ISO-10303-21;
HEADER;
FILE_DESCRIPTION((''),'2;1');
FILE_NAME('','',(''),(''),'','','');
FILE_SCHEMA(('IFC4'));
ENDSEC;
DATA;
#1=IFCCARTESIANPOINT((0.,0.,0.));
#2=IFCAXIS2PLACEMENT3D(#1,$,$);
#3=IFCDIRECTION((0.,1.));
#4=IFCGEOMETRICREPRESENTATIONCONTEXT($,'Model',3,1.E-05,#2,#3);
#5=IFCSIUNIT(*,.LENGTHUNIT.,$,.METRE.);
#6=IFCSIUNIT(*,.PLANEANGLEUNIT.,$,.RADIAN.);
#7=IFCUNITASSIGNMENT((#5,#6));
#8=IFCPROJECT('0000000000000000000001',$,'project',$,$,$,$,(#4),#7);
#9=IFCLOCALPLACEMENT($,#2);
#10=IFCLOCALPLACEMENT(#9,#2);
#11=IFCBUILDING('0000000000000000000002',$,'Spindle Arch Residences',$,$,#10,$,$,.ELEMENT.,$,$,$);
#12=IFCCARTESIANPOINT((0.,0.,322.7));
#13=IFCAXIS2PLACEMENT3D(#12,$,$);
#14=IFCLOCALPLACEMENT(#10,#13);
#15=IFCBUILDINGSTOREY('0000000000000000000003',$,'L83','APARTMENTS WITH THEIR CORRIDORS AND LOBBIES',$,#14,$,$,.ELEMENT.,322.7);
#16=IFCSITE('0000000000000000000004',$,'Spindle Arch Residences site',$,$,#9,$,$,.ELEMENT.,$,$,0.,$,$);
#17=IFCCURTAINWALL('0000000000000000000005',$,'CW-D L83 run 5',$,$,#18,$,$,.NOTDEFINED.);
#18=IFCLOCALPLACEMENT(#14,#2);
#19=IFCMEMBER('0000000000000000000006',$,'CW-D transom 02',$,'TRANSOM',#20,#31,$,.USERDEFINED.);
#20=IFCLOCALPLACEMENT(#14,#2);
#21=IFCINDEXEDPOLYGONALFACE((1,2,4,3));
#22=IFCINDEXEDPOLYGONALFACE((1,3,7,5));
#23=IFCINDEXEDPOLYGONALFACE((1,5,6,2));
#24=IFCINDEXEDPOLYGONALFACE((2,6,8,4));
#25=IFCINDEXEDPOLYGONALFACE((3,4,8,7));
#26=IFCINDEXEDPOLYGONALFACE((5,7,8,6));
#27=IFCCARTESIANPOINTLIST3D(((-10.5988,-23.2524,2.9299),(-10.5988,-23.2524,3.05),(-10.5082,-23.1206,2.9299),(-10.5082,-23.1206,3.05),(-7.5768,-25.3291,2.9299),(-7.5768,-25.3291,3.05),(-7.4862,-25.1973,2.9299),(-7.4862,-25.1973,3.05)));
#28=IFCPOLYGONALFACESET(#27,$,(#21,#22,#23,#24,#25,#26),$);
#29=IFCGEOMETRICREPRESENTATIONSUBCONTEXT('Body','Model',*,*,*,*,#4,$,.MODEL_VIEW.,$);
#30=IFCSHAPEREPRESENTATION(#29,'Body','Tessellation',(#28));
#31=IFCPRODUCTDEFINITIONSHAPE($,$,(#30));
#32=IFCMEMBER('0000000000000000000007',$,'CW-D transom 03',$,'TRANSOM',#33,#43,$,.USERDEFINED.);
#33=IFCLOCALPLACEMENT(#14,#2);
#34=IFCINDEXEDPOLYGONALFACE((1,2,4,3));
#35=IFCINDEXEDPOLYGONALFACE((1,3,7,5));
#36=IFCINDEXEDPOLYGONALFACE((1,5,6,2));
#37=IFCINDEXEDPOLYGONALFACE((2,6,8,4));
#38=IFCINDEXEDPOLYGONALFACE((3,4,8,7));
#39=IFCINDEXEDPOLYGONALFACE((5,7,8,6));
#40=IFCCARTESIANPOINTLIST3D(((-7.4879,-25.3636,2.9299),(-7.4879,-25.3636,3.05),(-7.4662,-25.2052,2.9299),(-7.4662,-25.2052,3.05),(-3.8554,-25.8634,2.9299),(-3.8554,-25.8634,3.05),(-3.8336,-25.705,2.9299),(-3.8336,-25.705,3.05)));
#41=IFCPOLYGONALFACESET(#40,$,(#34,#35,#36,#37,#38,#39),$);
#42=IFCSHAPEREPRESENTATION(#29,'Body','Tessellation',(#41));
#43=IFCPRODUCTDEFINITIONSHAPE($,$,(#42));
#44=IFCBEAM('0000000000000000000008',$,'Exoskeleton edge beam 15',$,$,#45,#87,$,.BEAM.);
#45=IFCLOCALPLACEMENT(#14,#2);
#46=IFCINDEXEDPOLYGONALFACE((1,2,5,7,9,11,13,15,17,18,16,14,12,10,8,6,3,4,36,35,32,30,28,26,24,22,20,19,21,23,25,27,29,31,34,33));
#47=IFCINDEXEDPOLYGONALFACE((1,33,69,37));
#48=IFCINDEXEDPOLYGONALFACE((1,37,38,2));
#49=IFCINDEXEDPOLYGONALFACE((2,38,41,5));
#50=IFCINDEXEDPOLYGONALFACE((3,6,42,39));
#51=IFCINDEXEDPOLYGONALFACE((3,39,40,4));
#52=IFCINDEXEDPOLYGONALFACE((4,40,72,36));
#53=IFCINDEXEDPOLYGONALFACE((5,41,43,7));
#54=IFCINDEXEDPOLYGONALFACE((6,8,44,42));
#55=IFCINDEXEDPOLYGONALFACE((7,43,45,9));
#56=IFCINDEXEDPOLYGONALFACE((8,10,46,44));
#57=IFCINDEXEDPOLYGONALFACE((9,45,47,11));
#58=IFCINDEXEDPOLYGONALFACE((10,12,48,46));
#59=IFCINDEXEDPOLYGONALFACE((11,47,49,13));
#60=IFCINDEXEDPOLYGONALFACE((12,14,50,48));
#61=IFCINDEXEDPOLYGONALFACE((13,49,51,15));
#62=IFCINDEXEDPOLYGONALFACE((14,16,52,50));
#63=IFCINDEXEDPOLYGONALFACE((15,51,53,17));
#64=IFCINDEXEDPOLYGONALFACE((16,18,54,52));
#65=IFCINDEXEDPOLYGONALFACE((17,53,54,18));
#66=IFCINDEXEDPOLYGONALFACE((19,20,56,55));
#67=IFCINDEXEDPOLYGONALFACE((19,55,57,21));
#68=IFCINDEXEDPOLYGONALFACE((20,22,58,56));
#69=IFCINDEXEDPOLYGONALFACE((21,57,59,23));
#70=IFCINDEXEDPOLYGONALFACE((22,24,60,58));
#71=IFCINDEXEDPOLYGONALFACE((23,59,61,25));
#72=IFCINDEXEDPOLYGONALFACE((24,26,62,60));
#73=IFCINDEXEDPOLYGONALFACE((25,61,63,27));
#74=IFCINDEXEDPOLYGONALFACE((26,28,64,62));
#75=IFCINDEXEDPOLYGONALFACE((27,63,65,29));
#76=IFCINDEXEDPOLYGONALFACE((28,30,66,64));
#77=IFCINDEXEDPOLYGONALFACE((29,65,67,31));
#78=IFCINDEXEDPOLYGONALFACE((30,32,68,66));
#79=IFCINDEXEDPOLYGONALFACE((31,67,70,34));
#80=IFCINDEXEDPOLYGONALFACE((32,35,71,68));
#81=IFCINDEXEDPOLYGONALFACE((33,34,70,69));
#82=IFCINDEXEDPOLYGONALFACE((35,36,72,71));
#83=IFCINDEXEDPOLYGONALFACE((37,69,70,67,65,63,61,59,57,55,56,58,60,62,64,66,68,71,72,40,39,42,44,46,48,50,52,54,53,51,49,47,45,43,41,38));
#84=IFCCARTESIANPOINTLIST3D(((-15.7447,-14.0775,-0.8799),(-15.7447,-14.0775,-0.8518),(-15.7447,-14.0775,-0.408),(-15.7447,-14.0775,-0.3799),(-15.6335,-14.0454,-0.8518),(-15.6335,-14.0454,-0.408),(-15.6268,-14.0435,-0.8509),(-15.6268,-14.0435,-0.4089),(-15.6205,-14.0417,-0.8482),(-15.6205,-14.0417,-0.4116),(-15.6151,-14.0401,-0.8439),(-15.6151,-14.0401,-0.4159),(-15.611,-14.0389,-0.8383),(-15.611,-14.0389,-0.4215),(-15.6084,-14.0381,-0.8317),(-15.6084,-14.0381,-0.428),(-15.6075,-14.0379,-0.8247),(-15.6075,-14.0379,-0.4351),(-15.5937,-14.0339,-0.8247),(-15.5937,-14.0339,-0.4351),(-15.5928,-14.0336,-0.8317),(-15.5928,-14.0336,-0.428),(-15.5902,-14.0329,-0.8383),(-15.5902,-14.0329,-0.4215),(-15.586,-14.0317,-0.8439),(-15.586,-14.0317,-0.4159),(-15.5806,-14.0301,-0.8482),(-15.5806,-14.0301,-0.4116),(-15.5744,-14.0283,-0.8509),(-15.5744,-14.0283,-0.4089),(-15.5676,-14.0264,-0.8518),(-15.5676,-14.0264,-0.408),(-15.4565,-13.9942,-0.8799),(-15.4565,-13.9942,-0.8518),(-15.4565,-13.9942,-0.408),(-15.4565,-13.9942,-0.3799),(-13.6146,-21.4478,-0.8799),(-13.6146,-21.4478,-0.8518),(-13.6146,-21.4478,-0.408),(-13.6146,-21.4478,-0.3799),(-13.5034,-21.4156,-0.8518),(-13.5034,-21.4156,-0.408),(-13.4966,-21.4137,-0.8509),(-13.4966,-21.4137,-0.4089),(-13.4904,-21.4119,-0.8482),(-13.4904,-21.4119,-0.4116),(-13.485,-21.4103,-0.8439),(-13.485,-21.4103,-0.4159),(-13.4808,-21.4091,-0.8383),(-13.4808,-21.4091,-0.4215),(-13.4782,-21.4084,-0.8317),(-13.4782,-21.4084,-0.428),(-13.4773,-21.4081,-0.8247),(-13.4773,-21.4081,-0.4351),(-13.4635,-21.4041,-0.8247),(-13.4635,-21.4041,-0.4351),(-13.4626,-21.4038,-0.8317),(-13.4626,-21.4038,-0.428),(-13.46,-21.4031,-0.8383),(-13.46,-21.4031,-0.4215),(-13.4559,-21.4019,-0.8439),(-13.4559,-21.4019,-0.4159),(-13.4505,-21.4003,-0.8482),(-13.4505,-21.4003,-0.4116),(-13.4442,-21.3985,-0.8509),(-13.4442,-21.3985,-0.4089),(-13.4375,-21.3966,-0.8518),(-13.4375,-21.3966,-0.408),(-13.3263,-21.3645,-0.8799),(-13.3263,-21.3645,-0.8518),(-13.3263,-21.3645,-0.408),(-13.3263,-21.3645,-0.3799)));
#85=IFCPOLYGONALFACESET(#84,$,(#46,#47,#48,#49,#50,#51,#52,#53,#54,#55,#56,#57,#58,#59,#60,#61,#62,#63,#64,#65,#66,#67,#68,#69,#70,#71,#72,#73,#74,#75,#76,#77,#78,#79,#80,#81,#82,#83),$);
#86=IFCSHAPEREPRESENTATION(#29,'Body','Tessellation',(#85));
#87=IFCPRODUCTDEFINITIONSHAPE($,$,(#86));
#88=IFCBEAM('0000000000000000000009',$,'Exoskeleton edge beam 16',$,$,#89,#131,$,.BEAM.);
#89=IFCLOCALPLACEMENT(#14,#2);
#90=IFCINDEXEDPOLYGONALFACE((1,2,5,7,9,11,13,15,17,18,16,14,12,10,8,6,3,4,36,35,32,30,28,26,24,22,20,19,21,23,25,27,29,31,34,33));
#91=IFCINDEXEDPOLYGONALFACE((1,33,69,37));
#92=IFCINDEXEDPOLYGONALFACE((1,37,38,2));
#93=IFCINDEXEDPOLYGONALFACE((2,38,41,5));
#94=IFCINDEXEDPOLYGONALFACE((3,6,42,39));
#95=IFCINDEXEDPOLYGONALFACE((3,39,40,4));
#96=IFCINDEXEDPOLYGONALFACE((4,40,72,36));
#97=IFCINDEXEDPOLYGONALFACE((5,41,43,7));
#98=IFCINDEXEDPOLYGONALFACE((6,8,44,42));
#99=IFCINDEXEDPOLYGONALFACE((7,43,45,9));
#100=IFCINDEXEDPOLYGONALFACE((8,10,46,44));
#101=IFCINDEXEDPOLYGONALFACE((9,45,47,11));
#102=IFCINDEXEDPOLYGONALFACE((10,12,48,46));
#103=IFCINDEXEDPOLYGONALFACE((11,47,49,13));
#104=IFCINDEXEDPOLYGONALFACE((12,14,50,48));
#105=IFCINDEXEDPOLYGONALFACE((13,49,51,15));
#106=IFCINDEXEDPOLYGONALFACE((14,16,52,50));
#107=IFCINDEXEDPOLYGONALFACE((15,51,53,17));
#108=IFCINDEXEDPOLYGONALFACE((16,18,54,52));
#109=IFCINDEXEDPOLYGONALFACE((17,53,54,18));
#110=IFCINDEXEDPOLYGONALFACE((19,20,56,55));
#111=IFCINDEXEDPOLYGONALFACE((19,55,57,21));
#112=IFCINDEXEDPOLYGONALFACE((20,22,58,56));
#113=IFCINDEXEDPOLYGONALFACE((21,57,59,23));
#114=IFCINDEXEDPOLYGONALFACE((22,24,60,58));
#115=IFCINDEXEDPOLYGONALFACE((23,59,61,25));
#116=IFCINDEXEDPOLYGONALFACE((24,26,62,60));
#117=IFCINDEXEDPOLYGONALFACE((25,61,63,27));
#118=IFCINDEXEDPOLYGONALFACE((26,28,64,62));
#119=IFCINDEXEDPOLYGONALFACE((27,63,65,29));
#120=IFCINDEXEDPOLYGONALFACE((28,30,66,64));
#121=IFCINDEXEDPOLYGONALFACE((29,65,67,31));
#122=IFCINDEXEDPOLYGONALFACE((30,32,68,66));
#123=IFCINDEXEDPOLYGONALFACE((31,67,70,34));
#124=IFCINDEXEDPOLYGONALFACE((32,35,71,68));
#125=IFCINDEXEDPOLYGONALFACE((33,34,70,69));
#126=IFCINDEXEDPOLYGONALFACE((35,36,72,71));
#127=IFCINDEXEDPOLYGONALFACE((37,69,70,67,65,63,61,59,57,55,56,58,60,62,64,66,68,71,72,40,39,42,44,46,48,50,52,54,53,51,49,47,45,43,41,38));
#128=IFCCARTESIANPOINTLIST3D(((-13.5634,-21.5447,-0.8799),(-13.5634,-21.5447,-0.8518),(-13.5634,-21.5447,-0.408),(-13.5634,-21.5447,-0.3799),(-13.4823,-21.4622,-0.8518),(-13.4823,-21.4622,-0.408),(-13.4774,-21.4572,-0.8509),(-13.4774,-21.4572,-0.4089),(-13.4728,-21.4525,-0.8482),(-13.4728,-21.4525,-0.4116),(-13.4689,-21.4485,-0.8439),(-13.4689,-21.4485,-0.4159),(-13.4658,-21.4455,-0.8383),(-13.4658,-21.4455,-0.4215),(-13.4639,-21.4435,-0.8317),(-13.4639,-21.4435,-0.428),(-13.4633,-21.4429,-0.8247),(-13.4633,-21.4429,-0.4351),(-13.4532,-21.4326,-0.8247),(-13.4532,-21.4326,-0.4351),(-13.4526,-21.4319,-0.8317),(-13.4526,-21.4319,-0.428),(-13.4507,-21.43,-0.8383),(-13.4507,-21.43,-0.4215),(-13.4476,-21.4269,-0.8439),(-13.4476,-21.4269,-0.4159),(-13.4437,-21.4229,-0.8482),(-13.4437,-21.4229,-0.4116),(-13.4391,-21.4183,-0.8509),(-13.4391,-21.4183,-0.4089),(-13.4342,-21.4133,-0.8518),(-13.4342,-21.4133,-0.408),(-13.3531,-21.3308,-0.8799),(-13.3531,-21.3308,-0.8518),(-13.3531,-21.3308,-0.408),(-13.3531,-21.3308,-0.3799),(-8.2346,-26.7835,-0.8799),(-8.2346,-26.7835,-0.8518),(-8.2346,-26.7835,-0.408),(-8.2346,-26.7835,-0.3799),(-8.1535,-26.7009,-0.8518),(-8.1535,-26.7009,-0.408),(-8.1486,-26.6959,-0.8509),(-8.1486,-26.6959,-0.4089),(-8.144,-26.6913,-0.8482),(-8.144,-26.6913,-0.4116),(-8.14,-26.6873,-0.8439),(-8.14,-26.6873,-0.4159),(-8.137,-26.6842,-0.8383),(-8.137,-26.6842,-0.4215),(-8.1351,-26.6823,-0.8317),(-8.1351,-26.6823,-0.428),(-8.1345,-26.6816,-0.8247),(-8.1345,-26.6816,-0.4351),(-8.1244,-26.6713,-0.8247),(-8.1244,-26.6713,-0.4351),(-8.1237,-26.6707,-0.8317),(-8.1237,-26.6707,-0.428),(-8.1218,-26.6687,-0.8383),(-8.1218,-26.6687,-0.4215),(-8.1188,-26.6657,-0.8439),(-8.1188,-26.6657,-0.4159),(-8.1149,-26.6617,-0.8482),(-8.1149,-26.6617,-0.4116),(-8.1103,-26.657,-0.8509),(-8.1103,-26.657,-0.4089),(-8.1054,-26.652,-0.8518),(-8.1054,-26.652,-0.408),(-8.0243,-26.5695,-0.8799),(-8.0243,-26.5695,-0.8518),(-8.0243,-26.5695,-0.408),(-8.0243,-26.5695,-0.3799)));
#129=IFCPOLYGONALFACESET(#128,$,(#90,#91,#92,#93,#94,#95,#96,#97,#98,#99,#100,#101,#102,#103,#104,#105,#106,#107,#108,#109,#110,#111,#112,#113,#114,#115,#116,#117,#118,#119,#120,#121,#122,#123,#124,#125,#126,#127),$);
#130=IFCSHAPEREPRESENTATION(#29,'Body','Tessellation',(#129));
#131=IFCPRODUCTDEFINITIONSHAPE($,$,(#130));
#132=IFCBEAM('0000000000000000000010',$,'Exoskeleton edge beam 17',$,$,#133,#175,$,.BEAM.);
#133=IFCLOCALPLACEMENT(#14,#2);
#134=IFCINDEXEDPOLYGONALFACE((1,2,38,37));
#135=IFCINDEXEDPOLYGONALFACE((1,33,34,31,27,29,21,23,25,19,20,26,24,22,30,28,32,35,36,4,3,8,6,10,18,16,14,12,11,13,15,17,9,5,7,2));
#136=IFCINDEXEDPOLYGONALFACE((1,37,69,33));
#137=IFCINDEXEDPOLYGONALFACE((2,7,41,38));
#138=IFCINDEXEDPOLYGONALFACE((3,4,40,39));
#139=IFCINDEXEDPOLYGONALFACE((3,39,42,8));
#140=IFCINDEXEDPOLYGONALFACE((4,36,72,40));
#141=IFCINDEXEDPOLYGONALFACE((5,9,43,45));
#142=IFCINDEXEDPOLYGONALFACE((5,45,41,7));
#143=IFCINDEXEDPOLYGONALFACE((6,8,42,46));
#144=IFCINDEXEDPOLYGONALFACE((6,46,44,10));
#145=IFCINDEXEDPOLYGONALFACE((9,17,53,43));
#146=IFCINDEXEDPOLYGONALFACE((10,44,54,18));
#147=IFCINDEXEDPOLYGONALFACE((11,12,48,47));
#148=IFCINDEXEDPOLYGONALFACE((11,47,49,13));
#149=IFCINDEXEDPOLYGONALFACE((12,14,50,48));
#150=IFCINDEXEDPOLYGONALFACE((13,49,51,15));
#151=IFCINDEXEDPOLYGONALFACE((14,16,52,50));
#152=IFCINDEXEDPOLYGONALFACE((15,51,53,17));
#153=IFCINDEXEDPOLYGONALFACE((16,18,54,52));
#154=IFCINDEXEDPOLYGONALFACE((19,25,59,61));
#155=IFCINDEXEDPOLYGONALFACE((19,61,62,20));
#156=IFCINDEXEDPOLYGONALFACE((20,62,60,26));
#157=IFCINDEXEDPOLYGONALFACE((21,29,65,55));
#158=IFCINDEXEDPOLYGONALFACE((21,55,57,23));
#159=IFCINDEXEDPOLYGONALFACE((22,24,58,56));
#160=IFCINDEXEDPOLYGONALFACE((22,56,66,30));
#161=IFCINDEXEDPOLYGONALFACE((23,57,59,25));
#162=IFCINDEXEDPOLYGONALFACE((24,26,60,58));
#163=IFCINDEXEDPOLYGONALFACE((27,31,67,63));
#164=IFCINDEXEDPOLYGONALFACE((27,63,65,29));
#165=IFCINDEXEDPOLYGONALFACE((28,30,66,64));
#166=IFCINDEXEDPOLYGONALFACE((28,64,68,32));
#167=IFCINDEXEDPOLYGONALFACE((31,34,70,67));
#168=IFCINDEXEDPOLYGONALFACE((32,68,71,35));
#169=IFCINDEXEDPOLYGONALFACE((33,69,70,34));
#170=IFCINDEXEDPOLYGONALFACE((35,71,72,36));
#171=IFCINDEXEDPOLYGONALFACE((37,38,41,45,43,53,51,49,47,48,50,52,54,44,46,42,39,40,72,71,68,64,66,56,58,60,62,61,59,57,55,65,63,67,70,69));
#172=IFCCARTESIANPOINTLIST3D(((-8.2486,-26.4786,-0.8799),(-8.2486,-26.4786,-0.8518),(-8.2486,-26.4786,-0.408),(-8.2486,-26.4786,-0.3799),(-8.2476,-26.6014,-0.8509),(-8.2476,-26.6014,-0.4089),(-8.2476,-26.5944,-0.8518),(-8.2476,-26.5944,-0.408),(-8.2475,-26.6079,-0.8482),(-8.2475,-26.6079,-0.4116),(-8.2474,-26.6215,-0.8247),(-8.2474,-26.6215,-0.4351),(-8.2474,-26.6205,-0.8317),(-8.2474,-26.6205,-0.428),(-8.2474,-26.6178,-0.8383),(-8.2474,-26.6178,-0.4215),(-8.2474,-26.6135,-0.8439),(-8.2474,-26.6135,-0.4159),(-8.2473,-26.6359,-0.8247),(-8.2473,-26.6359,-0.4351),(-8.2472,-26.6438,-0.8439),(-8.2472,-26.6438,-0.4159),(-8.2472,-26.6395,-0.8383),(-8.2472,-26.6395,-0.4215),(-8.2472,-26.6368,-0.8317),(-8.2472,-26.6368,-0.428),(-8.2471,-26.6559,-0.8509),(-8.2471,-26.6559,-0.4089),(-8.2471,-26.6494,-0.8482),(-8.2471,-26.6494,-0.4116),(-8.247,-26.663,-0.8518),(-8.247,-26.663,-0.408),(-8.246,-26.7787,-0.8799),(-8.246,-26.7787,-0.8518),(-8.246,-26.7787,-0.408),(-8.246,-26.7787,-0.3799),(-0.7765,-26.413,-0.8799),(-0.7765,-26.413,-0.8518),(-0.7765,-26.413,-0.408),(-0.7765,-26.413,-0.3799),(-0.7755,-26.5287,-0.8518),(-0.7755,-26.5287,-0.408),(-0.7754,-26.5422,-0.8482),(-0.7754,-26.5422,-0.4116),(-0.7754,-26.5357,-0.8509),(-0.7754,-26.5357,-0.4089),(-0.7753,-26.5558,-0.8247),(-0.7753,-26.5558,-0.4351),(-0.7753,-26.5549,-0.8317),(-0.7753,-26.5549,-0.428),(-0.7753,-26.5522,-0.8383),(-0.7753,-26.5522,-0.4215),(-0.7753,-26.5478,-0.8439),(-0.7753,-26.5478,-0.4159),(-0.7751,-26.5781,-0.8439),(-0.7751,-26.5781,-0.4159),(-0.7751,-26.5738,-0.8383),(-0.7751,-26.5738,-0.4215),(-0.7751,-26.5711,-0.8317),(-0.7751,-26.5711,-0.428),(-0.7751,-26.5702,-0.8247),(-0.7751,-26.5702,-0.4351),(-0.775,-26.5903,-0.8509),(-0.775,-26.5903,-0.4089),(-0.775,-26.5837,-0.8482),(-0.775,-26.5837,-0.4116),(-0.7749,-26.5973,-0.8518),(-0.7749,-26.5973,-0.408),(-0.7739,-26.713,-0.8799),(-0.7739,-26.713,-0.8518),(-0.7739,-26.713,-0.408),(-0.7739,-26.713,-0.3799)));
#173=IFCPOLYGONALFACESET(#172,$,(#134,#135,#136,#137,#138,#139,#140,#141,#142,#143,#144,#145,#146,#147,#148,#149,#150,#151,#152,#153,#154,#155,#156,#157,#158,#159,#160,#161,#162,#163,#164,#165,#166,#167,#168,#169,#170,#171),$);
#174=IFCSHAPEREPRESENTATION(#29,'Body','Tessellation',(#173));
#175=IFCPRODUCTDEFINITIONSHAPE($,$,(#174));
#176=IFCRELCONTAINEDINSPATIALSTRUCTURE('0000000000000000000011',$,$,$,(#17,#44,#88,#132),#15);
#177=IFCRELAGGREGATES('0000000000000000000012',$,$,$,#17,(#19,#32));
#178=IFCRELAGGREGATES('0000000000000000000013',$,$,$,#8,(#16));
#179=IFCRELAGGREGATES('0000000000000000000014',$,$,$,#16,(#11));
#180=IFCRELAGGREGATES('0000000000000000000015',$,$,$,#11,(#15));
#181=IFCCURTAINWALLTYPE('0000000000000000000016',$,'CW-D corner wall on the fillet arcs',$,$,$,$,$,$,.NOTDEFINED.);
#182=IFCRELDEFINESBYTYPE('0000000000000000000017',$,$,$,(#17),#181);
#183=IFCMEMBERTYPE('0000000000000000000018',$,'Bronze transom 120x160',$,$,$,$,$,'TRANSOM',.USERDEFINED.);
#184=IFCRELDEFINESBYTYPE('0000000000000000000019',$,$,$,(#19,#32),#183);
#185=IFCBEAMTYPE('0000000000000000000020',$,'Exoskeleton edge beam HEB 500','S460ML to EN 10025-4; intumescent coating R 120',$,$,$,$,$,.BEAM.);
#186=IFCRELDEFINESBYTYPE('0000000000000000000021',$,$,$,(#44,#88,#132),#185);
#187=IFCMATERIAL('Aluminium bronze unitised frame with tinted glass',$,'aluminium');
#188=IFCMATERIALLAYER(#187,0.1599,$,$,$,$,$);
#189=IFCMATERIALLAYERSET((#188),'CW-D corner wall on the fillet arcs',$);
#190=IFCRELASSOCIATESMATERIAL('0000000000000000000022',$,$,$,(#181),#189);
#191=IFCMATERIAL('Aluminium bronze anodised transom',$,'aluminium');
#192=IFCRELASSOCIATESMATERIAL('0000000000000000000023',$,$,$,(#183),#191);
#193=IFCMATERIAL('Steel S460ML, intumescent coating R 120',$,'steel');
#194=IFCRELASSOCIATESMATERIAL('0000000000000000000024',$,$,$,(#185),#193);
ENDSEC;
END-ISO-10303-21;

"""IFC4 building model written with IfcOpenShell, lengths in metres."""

from ifc_helpers import new_model, si_unit, direction, frame, origin, origin_2d, place, context, subcontext, project, spatial, rectangle, i_section, extrude, material, layer, layer_set, material_profile, profile_set, type_object, element, aggregate, save


model = new_model("IFC4")

# Units and contexts
model_context = context("Model", 3, precision=1e-05, world=origin(), true_north=direction((0.0, 1.0)))
body_context = subcontext(model_context, "Body", "Model", "MODEL_VIEW")
ifc_project = project(units=[si_unit("LENGTHUNIT", "METRE"), si_unit("PLANEANGLEUNIT", "RADIAN")], contexts=[model_context])

# Site, building, storey
site_placement = place(None, origin())
site = spatial("IfcSite", under=ifc_project, at=site_placement, Name="Spindle Arch Residences site", CompositionType="ELEMENT", RefElevation=0.0)
building_placement = place(site_placement, origin())
building = spatial("IfcBuilding", under=site, at=building_placement, Name="Spindle Arch Residences", CompositionType="ELEMENT")
storey_placement = place(building_placement, frame((0.0, 0.0, 322.7)))
storey = spatial("IfcBuildingStorey", under=building, at=storey_placement, Name="L83", Description="APARTMENTS WITH THEIR CORRIDORS AND LOBBIES", CompositionType="ELEMENT", Elevation=322.7)

# Curtain wall, members
ifc_material_1 = material(Name="Aluminium bronze unitised frame with tinted glass", Category="aluminium")
ifc_layer_1 = layer(ifc_material_1, 0.1599)
ifc_layer_set_1 = layer_set([ifc_layer_1], Name="CW-D corner wall on the fillet arcs")
curtain_wall_type = type_object("IfcCurtainWallType", Name="CW-D corner wall on the fillet arcs", PredefinedType="NOTDEFINED", material=ifc_layer_set_1)
curtain_wall_placement = place(storey_placement, origin())
curtain_wall = element("IfcCurtainWall", 1, at=curtain_wall_placement, inside=storey, type_object=curtain_wall_type, Name="CW-D L83 run 5", PredefinedType="NOTDEFINED")
ifc_material_2 = material(Name="Aluminium bronze anodised transom", Category="aluminium")
ifc_material_profile_1 = material_profile(ifc_material_2, rectangle(XDim=0.1599, YDim=0.1201, at=origin_2d()), Name="TR 120x160")
ifc_profile_set_1 = profile_set([ifc_material_profile_1], Name="Aluminium bronze anodised transom")
member_type_1 = type_object("IfcMemberType", Name="Bronze transom 120x160", ElementType="TRANSOM", PredefinedType="USERDEFINED", material=ifc_profile_set_1)
member_1_placement = place(storey_placement, frame((-10.5535, -23.1865, 2.99), z_axis=(0.824162, -0.566354, 0.0), x_axis=(0.566354, 0.824162, 0.0)))
member_1 = element("IfcMember", 2, at=member_1_placement, type_object=member_type_1, Name="CW-D transom 02", ObjectType="TRANSOM", PredefinedType="USERDEFINED", context=body_context, shape_type="SweptSolid", body=[
    extrude(rectangle(XDim=0.1599, YDim=0.1201, at=origin_2d()), origin(), (0.0, 0.0, 1.0), 3.6667),
])
member_2_placement = place(storey_placement, frame((-7.4771, -25.2844, 2.99), z_axis=(0.990669, -0.136293, 0.0), x_axis=(0.136293, 0.990669, 0.0)))
member_2 = element("IfcMember", 3, at=member_2_placement, type_object=member_type_1, Name="CW-D transom 03", ObjectType="TRANSOM", PredefinedType="USERDEFINED", context=body_context, shape_type="SweptSolid", body=[
    extrude(rectangle(XDim=0.1599, YDim=0.1201, at=origin_2d()), origin(), (0.0, 0.0, 1.0), 3.6667),
])

# Beams
ifc_material_3 = material(Name="Steel S460ML, intumescent coating R 120", Category="steel")
ifc_material_profile_2 = material_profile(ifc_material_3, i_section(OverallWidth=0.3, OverallDepth=0.5, WebThickness=0.0144, FlangeThickness=0.0281, FilletRadius=0.0271, at=origin_2d()), Name="HEB 500")
ifc_profile_set_2 = profile_set([ifc_material_profile_2], Name="Steel S460ML, intumescent coating R 120")
beam_type_1 = type_object("IfcBeamType", Name="Exoskeleton edge beam HEB 500", Description="S460ML to EN 10025-4; intumescent coating R 120", PredefinedType="BEAM", material=ifc_profile_set_2)
beam_1_placement = place(storey_placement, frame((-15.6006, -14.0359, -0.6299), z_axis=(0.277658, -0.96068, 0.0), x_axis=(0.96068, 0.277658, 0.0)))
element("IfcBeam", 4, at=beam_1_placement, inside=storey, type_object=beam_type_1, Name="Exoskeleton edge beam 15", PredefinedType="BEAM", context=body_context, shape_type="SweptSolid", body=[
    extrude(i_section(OverallWidth=0.3, OverallDepth=0.5, WebThickness=0.0144, FlangeThickness=0.0281, FilletRadius=0.0271, at=origin_2d()), origin(), (0.0, 0.0, 1.0), 7.6719),
])
beam_2_placement = place(storey_placement, frame((-13.4583, -21.4377, -0.6299), z_axis=(0.713109, -0.701053, 0.0), x_axis=(0.701053, 0.713109, 0.0)))
element("IfcBeam", 5, at=beam_2_placement, inside=storey, type_object=beam_type_1, Name="Exoskeleton edge beam 16", PredefinedType="BEAM", context=body_context, shape_type="SweptSolid", body=[
    extrude(i_section(OverallWidth=0.3, OverallDepth=0.5, WebThickness=0.0144, FlangeThickness=0.0281, FilletRadius=0.0271, at=origin_2d()), origin(), (0.0, 0.0, 1.0), 7.4727),
])
beam_3_placement = place(storey_placement, frame((-8.2473, -26.6287, -0.6299), z_axis=(0.999961, 0.008789, 0.0), x_axis=(-0.008789, 0.999961, 0.0)))
element("IfcBeam", 6, at=beam_3_placement, inside=storey, type_object=beam_type_1, Name="Exoskeleton edge beam 17", PredefinedType="BEAM", context=body_context, shape_type="SweptSolid", body=[
    extrude(i_section(OverallWidth=0.3, OverallDepth=0.5, WebThickness=0.0144, FlangeThickness=0.0281, FilletRadius=0.0271, at=origin_2d()), origin(), (0.0, 0.0, 1.0), 7.4724),
])

aggregate(curtain_wall, [member_1, member_2])

save(model, "model.ifc")
